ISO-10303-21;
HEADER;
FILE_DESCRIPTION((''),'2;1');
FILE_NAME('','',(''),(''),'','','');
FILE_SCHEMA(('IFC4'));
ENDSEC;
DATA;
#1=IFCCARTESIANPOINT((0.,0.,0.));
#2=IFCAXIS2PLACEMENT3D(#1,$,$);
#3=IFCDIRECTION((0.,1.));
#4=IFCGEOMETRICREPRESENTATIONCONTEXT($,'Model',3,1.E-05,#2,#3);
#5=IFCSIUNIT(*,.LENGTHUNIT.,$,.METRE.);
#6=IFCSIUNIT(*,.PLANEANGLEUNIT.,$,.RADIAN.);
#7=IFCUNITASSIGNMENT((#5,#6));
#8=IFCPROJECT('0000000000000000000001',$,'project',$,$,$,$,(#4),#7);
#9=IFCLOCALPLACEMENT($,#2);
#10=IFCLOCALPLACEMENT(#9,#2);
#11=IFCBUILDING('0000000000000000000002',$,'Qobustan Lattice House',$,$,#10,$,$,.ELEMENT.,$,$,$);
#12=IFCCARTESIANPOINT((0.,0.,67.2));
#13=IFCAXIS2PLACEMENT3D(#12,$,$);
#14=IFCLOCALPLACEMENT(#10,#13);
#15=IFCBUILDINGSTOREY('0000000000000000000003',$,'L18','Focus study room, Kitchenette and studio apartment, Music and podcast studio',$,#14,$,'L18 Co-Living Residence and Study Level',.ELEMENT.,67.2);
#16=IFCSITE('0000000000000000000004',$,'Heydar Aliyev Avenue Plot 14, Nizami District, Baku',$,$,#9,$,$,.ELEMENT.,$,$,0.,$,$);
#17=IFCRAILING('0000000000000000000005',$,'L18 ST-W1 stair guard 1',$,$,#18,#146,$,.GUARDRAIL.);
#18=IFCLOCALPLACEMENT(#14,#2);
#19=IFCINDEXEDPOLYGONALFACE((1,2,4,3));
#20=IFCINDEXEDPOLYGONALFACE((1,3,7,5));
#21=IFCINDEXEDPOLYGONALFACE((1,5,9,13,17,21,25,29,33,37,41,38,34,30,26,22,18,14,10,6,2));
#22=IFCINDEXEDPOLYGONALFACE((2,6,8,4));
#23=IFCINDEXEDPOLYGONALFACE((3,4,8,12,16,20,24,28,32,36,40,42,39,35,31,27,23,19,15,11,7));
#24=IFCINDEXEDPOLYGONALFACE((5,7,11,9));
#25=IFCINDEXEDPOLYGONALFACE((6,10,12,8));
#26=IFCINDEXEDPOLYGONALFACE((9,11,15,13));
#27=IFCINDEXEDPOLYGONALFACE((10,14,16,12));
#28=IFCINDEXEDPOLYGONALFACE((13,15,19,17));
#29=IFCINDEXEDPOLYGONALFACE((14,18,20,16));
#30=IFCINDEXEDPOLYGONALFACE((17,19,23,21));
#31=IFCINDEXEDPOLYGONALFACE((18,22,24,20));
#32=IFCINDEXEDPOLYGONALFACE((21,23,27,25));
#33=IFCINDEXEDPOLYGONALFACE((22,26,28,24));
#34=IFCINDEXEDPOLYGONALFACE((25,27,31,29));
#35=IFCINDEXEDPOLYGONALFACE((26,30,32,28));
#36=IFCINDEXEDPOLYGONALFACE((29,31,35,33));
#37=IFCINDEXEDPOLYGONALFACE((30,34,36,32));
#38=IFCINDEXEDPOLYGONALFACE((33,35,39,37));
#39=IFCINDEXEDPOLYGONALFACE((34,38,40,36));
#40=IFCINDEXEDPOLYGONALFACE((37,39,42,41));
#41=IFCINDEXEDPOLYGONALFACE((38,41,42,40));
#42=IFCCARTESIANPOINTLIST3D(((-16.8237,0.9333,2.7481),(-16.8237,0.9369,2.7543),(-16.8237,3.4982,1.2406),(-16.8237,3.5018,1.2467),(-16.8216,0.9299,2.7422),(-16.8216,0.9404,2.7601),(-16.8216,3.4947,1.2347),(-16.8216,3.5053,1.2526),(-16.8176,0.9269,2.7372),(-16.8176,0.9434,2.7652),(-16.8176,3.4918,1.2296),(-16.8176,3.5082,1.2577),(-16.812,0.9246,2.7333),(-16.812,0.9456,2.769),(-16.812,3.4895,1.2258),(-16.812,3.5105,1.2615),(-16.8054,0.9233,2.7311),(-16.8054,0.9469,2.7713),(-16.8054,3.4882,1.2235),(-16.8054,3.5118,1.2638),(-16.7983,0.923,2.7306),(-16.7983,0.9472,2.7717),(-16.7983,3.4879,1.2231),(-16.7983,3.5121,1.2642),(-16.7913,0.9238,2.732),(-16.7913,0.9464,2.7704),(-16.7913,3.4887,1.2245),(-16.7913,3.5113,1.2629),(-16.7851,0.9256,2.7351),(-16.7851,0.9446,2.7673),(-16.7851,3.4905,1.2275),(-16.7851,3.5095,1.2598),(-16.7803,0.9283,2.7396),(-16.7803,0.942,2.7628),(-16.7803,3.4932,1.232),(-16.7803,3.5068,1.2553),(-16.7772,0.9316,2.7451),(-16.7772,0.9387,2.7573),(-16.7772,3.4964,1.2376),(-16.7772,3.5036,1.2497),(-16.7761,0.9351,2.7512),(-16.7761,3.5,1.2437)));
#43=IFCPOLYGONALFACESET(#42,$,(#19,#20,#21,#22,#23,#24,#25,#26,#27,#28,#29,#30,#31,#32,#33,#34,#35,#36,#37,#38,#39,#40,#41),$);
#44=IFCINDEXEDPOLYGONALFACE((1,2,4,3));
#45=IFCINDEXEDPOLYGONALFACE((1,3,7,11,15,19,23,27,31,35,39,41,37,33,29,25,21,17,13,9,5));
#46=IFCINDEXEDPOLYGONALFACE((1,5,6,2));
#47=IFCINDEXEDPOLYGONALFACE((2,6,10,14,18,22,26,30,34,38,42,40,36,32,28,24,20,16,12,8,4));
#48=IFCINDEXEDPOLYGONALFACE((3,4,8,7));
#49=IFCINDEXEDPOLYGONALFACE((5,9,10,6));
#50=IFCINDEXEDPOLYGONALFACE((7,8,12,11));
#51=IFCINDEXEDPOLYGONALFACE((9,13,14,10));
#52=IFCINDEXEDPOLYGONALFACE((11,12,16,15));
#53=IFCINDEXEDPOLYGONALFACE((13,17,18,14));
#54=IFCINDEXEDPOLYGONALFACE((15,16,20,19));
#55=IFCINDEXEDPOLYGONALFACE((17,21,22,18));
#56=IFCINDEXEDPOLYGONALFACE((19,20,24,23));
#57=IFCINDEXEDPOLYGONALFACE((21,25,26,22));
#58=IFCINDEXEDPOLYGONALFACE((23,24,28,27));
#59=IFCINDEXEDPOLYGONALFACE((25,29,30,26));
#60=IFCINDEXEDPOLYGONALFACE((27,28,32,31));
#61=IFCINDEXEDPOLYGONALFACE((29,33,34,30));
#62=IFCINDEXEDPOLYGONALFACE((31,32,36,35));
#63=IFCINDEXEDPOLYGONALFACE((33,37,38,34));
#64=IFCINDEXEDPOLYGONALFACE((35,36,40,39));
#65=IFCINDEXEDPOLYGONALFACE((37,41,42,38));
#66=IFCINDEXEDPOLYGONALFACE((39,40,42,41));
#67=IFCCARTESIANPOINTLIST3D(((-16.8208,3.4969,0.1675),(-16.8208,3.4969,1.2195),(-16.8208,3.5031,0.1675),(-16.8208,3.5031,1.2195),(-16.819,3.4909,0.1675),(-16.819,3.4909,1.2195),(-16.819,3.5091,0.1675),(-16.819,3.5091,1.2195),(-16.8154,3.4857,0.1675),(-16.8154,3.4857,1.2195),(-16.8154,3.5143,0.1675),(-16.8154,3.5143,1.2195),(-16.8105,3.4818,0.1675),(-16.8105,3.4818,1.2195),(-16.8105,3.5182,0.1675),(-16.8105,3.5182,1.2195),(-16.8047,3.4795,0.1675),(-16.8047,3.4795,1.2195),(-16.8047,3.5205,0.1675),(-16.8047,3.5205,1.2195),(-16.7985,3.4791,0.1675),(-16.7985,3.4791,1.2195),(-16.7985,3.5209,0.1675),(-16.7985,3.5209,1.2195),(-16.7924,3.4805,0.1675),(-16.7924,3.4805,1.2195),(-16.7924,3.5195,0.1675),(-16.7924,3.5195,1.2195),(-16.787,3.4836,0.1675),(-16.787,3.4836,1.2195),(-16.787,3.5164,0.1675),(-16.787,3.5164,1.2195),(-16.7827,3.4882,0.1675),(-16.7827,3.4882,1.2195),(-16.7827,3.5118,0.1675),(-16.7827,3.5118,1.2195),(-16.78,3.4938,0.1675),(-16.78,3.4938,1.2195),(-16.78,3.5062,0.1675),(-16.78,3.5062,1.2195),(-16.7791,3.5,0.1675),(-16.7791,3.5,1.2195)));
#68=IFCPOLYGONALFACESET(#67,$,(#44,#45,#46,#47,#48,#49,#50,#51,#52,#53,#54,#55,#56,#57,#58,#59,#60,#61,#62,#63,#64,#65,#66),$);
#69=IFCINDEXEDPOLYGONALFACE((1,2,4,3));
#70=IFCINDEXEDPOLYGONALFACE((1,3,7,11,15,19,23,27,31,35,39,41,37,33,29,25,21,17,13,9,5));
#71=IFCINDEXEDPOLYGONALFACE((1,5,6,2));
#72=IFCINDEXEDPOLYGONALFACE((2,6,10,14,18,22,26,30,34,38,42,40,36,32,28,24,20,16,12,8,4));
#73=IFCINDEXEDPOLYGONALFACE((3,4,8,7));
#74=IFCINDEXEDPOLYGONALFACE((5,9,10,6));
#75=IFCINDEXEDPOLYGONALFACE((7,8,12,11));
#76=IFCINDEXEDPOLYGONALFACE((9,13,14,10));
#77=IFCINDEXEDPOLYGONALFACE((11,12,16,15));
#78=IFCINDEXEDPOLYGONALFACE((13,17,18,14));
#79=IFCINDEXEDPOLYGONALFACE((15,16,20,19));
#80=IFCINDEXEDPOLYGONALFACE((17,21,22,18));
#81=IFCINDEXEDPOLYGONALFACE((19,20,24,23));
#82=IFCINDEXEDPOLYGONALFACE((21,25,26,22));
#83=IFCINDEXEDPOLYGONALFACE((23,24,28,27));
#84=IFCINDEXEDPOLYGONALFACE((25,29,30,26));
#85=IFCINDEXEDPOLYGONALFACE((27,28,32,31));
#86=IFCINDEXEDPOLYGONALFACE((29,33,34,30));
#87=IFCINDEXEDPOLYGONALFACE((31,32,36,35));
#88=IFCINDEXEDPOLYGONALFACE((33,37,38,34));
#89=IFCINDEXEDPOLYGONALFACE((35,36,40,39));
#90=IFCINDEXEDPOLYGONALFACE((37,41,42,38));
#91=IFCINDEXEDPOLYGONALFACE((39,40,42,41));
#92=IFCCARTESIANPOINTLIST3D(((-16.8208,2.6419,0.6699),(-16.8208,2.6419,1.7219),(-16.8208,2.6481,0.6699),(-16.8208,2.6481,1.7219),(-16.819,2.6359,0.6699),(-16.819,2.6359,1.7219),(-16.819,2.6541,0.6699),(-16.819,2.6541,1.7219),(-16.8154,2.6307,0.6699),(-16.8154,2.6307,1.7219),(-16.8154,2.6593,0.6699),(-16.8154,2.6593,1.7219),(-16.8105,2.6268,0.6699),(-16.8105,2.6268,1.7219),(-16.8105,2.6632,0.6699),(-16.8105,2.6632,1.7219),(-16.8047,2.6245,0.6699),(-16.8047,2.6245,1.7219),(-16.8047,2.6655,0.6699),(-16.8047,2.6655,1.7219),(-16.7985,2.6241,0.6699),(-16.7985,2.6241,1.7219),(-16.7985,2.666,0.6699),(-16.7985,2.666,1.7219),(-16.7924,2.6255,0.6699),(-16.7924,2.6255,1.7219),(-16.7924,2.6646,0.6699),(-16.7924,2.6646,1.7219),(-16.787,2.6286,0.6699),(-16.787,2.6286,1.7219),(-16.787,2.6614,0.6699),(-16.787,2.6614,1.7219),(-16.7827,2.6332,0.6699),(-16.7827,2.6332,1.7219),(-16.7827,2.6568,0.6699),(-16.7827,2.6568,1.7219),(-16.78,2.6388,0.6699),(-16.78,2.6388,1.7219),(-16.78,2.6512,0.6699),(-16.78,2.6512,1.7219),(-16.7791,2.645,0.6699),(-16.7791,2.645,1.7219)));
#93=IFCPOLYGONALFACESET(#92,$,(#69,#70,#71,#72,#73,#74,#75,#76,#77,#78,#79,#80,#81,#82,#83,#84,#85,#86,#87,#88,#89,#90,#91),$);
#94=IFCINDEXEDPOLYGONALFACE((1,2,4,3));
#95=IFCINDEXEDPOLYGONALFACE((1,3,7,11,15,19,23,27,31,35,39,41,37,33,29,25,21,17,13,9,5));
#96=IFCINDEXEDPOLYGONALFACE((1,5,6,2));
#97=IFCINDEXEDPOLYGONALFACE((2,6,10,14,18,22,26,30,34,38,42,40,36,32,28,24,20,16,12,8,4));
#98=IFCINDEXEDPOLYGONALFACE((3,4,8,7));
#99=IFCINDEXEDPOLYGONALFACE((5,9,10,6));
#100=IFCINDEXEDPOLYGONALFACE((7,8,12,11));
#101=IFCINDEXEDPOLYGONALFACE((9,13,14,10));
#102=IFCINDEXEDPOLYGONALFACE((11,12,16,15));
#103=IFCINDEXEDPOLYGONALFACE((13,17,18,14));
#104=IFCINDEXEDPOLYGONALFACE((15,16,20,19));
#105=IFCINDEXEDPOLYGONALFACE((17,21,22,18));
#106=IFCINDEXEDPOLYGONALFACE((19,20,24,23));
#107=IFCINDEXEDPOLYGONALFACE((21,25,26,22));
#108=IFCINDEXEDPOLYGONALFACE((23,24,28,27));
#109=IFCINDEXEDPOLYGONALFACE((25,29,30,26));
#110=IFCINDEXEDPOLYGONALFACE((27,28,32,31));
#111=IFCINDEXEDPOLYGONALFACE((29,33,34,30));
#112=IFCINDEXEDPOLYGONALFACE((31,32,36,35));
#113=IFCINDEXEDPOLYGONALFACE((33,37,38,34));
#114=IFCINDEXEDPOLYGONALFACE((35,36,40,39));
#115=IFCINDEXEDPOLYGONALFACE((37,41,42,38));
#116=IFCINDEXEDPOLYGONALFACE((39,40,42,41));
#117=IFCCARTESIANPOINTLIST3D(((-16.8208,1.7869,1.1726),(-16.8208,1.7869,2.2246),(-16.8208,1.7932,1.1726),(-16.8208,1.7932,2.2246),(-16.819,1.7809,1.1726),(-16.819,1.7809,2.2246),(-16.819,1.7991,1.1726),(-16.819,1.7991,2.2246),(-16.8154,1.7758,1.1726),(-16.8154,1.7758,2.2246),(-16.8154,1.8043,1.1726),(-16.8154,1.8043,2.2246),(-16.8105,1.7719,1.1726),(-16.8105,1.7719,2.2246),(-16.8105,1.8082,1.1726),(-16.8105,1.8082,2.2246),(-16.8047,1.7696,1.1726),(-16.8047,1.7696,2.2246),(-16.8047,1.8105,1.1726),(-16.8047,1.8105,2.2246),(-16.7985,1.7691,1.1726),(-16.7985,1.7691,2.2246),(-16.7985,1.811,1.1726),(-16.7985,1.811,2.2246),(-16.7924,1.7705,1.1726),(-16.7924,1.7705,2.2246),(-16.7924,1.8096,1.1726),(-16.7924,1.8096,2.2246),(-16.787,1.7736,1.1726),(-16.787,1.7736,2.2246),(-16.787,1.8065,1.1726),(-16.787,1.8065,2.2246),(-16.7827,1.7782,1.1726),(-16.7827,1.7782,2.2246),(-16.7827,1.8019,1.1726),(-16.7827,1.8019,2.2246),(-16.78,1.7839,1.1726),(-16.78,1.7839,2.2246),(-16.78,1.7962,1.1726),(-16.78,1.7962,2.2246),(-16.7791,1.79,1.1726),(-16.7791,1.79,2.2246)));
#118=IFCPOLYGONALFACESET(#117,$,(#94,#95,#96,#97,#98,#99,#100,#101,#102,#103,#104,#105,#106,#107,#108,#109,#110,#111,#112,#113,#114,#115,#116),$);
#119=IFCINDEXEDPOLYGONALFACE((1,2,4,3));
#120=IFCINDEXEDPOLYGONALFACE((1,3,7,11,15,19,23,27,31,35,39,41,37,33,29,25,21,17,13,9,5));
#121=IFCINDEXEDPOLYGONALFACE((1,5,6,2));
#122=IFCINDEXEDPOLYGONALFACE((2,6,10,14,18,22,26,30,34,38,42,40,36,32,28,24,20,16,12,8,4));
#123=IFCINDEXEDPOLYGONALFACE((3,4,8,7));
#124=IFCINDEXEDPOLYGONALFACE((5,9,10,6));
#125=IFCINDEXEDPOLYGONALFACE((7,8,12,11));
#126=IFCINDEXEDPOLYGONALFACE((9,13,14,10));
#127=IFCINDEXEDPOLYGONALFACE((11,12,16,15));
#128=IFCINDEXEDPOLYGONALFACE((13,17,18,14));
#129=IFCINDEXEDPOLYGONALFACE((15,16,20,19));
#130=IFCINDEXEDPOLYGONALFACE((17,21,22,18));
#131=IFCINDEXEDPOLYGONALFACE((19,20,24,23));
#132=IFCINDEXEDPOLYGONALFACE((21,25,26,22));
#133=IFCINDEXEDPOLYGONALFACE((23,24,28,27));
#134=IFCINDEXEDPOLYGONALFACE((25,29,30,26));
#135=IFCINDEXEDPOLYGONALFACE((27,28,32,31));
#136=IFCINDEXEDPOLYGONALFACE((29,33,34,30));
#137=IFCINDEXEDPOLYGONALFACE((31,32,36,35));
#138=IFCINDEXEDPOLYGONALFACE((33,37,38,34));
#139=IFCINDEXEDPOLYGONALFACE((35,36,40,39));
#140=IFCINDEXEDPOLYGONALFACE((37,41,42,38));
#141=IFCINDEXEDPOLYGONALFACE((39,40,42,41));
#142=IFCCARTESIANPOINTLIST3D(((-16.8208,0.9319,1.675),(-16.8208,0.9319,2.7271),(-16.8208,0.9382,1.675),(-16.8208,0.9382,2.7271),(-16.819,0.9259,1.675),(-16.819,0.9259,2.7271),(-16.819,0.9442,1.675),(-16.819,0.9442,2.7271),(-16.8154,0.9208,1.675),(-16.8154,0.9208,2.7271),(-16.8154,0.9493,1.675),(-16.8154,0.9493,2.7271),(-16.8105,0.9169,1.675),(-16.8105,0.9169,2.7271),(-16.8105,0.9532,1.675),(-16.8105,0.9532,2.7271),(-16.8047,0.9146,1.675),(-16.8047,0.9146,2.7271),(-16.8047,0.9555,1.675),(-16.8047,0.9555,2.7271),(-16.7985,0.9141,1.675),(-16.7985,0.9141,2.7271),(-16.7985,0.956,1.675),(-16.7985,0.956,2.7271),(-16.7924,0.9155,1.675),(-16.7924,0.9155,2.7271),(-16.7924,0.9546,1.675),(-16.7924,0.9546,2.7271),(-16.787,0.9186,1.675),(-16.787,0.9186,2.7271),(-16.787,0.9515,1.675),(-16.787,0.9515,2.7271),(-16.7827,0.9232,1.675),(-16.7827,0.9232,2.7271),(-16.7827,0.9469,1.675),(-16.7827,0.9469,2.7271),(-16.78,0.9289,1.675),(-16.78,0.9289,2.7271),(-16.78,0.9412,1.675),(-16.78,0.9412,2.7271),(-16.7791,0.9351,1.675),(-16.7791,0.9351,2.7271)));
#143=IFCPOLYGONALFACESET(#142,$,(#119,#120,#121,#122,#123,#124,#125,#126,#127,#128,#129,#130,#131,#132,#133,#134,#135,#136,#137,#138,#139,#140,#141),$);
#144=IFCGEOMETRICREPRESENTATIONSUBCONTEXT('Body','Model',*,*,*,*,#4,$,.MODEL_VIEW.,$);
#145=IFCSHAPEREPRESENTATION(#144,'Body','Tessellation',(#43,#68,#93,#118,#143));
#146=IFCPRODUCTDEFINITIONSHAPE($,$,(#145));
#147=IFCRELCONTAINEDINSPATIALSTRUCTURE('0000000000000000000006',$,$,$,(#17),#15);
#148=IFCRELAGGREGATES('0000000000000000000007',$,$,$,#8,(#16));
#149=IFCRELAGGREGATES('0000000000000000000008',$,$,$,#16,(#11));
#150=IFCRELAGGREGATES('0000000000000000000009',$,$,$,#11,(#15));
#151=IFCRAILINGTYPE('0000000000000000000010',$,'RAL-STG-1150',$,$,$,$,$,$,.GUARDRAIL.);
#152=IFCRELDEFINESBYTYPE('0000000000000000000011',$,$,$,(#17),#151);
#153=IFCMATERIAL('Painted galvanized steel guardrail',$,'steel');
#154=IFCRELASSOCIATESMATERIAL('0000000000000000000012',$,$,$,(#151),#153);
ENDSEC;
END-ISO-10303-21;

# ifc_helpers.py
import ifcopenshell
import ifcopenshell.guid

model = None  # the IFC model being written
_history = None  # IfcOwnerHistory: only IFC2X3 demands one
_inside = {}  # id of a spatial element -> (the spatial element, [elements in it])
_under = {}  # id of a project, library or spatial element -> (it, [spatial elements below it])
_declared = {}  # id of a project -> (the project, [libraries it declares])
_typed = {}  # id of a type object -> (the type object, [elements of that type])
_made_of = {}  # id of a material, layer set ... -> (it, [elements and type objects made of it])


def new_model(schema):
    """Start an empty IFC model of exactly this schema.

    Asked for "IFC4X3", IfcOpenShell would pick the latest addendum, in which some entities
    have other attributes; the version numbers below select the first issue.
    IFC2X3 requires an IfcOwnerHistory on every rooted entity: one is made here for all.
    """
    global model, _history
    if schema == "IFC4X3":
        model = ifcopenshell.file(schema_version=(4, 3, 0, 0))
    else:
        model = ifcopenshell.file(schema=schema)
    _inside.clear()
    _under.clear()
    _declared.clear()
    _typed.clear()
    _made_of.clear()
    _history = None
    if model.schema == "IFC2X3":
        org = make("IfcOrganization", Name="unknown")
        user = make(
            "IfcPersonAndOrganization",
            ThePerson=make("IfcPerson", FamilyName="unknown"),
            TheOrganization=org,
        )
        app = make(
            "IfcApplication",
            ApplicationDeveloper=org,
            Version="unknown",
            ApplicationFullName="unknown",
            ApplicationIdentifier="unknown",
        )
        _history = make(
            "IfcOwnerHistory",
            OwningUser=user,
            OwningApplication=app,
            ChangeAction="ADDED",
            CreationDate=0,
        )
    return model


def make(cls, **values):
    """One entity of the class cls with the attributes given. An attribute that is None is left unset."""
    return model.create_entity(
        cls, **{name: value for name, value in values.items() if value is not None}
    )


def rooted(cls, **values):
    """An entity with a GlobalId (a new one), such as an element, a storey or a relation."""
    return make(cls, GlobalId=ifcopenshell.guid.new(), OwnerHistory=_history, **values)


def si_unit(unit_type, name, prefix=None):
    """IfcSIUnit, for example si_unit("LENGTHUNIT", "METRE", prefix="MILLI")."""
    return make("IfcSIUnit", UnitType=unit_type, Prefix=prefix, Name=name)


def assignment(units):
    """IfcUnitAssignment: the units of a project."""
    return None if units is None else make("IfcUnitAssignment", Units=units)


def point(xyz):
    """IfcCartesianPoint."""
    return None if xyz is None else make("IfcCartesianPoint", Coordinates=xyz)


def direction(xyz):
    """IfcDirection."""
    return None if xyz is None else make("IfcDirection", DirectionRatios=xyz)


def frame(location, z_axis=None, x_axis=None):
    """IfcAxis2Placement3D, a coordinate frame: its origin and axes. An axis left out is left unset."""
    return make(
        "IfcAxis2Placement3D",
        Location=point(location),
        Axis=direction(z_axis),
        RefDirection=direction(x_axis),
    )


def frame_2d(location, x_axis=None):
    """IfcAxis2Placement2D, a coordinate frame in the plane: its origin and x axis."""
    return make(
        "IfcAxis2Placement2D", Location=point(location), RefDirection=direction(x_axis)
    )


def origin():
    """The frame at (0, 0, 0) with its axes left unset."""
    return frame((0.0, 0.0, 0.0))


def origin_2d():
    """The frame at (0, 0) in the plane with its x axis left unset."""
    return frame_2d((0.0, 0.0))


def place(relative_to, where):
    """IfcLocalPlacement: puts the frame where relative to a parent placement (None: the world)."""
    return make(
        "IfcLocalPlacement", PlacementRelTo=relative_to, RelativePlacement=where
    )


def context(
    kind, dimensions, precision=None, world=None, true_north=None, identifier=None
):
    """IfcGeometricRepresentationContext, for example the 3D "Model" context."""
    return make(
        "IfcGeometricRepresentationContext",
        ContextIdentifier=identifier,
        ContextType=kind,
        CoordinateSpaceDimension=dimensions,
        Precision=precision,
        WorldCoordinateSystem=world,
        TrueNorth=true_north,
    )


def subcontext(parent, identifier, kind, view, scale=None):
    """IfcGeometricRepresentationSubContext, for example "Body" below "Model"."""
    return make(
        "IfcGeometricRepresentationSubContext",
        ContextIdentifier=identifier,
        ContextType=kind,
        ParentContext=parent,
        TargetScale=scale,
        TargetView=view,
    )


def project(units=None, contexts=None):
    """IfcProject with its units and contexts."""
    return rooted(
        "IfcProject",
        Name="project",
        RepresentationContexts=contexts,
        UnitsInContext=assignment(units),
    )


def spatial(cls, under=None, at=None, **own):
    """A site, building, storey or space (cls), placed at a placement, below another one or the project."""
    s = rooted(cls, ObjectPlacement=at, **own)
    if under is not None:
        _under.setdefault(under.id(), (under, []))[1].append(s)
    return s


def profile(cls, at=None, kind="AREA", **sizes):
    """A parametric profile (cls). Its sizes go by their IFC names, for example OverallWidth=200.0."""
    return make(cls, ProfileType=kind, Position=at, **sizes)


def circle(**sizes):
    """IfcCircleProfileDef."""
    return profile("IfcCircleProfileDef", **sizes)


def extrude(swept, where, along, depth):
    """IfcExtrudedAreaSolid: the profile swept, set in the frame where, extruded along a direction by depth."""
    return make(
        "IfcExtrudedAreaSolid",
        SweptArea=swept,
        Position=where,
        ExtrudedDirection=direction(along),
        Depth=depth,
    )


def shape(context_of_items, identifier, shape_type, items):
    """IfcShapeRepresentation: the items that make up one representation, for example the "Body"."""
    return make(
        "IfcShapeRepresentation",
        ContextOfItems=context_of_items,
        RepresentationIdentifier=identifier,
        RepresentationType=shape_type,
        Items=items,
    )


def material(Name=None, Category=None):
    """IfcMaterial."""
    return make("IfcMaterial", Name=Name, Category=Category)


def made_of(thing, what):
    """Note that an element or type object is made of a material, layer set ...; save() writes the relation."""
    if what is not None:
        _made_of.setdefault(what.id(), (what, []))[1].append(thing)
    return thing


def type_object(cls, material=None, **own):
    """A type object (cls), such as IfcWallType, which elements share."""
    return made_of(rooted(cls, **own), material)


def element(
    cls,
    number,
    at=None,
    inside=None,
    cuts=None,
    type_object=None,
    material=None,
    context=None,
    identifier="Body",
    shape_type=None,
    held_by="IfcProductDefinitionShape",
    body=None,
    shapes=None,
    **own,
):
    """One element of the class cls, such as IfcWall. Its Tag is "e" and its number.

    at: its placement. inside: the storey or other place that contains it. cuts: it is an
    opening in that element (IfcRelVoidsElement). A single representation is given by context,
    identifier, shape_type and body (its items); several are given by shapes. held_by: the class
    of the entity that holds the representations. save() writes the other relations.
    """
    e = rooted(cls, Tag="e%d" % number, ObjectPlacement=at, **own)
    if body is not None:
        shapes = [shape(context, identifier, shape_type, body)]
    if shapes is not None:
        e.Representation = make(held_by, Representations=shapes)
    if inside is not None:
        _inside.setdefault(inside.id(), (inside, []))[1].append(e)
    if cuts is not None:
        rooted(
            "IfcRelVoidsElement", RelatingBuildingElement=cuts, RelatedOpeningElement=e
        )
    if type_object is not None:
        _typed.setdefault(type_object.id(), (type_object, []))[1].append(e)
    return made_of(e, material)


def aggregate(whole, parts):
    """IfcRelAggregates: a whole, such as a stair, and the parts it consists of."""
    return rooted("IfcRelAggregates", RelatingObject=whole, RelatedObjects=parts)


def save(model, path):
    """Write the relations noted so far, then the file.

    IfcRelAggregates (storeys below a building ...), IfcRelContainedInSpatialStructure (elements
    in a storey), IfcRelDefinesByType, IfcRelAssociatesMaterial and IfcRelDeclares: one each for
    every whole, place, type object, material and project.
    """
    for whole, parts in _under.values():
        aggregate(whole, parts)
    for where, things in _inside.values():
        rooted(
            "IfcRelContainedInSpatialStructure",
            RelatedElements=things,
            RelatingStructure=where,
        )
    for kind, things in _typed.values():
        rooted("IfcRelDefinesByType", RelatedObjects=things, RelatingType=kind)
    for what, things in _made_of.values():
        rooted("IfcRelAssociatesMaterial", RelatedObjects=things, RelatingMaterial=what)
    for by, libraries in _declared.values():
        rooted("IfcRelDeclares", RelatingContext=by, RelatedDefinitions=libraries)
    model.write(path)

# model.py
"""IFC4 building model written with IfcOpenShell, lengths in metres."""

from ifc_helpers import new_model, si_unit, direction, frame, origin, origin_2d, place, context, subcontext, project, spatial, circle, extrude, material, type_object, element, save


model = new_model("IFC4")

# Units and contexts
model_context = context("Model", 3, precision=1e-05, world=origin(), true_north=direction((0.0, 1.0)))
body_context = subcontext(model_context, "Body", "Model", "MODEL_VIEW")
ifc_project = project(units=[si_unit("LENGTHUNIT", "METRE"), si_unit("PLANEANGLEUNIT", "RADIAN")], contexts=[model_context])

# Site, building, storey
site_placement = place(None, origin())
site = spatial("IfcSite", under=ifc_project, at=site_placement, Name="Heydar Aliyev Avenue Plot 14, Nizami District, Baku", CompositionType="ELEMENT", RefElevation=0.0)
building_placement = place(site_placement, origin())
building = spatial("IfcBuilding", under=site, at=building_placement, Name="Qobustan Lattice House", CompositionType="ELEMENT")
storey_placement = place(building_placement, frame((0.0, 0.0, 67.2)))
storey = spatial("IfcBuildingStorey", under=building, at=storey_placement, Name="L18", Description="Focus study room, Kitchenette and studio apartment, Music and podcast studio", LongName="L18 Co-Living Residence and Study Level", CompositionType="ELEMENT", Elevation=67.2)

# Railing
ifc_material_1 = material(Name="Painted galvanized steel guardrail", Category="steel")
railing_type_1 = type_object("IfcRailingType", Name="RAL-STG-1150", PredefinedType="GUARDRAIL", material=ifc_material_1)
railing_1_placement = place(storey_placement, frame((-16.8, 3.5, 0.1675)))
element("IfcRailing", 1, at=railing_1_placement, inside=storey, type_object=railing_type_1, Name="L18 ST-W1 stair guard 1", PredefinedType="GUARDRAIL", context=body_context, shape_type="SweptSolid", body=[
    extrude(circle(Radius=0.0239, at=origin_2d()), frame((0.0, 0.0, 1.0762), z_axis=(0.0, -0.862113, 0.506715), x_axis=(1.0, 0.0, 0.0)), (0.0, 0.0, 1.0), 2.9751),
    extrude(circle(Radius=0.021, at=origin_2d()), origin(), (0.0, 0.0, 1.0), 1.052),
    extrude(circle(Radius=0.021, at=origin_2d()), frame((0.0, -0.855, 0.5024)), (0.0, 0.0, 1.0), 1.052),
    extrude(circle(Radius=0.021, at=origin_2d()), frame((0.0, -1.71, 1.0051)), (0.0, 0.0, 1.0), 1.052),
    extrude(circle(Radius=0.021, at=origin_2d()), frame((0.0, -2.5649, 1.5076)), (0.0, 0.0, 1.0), 1.052),
])

save(model, "model.ifc")
